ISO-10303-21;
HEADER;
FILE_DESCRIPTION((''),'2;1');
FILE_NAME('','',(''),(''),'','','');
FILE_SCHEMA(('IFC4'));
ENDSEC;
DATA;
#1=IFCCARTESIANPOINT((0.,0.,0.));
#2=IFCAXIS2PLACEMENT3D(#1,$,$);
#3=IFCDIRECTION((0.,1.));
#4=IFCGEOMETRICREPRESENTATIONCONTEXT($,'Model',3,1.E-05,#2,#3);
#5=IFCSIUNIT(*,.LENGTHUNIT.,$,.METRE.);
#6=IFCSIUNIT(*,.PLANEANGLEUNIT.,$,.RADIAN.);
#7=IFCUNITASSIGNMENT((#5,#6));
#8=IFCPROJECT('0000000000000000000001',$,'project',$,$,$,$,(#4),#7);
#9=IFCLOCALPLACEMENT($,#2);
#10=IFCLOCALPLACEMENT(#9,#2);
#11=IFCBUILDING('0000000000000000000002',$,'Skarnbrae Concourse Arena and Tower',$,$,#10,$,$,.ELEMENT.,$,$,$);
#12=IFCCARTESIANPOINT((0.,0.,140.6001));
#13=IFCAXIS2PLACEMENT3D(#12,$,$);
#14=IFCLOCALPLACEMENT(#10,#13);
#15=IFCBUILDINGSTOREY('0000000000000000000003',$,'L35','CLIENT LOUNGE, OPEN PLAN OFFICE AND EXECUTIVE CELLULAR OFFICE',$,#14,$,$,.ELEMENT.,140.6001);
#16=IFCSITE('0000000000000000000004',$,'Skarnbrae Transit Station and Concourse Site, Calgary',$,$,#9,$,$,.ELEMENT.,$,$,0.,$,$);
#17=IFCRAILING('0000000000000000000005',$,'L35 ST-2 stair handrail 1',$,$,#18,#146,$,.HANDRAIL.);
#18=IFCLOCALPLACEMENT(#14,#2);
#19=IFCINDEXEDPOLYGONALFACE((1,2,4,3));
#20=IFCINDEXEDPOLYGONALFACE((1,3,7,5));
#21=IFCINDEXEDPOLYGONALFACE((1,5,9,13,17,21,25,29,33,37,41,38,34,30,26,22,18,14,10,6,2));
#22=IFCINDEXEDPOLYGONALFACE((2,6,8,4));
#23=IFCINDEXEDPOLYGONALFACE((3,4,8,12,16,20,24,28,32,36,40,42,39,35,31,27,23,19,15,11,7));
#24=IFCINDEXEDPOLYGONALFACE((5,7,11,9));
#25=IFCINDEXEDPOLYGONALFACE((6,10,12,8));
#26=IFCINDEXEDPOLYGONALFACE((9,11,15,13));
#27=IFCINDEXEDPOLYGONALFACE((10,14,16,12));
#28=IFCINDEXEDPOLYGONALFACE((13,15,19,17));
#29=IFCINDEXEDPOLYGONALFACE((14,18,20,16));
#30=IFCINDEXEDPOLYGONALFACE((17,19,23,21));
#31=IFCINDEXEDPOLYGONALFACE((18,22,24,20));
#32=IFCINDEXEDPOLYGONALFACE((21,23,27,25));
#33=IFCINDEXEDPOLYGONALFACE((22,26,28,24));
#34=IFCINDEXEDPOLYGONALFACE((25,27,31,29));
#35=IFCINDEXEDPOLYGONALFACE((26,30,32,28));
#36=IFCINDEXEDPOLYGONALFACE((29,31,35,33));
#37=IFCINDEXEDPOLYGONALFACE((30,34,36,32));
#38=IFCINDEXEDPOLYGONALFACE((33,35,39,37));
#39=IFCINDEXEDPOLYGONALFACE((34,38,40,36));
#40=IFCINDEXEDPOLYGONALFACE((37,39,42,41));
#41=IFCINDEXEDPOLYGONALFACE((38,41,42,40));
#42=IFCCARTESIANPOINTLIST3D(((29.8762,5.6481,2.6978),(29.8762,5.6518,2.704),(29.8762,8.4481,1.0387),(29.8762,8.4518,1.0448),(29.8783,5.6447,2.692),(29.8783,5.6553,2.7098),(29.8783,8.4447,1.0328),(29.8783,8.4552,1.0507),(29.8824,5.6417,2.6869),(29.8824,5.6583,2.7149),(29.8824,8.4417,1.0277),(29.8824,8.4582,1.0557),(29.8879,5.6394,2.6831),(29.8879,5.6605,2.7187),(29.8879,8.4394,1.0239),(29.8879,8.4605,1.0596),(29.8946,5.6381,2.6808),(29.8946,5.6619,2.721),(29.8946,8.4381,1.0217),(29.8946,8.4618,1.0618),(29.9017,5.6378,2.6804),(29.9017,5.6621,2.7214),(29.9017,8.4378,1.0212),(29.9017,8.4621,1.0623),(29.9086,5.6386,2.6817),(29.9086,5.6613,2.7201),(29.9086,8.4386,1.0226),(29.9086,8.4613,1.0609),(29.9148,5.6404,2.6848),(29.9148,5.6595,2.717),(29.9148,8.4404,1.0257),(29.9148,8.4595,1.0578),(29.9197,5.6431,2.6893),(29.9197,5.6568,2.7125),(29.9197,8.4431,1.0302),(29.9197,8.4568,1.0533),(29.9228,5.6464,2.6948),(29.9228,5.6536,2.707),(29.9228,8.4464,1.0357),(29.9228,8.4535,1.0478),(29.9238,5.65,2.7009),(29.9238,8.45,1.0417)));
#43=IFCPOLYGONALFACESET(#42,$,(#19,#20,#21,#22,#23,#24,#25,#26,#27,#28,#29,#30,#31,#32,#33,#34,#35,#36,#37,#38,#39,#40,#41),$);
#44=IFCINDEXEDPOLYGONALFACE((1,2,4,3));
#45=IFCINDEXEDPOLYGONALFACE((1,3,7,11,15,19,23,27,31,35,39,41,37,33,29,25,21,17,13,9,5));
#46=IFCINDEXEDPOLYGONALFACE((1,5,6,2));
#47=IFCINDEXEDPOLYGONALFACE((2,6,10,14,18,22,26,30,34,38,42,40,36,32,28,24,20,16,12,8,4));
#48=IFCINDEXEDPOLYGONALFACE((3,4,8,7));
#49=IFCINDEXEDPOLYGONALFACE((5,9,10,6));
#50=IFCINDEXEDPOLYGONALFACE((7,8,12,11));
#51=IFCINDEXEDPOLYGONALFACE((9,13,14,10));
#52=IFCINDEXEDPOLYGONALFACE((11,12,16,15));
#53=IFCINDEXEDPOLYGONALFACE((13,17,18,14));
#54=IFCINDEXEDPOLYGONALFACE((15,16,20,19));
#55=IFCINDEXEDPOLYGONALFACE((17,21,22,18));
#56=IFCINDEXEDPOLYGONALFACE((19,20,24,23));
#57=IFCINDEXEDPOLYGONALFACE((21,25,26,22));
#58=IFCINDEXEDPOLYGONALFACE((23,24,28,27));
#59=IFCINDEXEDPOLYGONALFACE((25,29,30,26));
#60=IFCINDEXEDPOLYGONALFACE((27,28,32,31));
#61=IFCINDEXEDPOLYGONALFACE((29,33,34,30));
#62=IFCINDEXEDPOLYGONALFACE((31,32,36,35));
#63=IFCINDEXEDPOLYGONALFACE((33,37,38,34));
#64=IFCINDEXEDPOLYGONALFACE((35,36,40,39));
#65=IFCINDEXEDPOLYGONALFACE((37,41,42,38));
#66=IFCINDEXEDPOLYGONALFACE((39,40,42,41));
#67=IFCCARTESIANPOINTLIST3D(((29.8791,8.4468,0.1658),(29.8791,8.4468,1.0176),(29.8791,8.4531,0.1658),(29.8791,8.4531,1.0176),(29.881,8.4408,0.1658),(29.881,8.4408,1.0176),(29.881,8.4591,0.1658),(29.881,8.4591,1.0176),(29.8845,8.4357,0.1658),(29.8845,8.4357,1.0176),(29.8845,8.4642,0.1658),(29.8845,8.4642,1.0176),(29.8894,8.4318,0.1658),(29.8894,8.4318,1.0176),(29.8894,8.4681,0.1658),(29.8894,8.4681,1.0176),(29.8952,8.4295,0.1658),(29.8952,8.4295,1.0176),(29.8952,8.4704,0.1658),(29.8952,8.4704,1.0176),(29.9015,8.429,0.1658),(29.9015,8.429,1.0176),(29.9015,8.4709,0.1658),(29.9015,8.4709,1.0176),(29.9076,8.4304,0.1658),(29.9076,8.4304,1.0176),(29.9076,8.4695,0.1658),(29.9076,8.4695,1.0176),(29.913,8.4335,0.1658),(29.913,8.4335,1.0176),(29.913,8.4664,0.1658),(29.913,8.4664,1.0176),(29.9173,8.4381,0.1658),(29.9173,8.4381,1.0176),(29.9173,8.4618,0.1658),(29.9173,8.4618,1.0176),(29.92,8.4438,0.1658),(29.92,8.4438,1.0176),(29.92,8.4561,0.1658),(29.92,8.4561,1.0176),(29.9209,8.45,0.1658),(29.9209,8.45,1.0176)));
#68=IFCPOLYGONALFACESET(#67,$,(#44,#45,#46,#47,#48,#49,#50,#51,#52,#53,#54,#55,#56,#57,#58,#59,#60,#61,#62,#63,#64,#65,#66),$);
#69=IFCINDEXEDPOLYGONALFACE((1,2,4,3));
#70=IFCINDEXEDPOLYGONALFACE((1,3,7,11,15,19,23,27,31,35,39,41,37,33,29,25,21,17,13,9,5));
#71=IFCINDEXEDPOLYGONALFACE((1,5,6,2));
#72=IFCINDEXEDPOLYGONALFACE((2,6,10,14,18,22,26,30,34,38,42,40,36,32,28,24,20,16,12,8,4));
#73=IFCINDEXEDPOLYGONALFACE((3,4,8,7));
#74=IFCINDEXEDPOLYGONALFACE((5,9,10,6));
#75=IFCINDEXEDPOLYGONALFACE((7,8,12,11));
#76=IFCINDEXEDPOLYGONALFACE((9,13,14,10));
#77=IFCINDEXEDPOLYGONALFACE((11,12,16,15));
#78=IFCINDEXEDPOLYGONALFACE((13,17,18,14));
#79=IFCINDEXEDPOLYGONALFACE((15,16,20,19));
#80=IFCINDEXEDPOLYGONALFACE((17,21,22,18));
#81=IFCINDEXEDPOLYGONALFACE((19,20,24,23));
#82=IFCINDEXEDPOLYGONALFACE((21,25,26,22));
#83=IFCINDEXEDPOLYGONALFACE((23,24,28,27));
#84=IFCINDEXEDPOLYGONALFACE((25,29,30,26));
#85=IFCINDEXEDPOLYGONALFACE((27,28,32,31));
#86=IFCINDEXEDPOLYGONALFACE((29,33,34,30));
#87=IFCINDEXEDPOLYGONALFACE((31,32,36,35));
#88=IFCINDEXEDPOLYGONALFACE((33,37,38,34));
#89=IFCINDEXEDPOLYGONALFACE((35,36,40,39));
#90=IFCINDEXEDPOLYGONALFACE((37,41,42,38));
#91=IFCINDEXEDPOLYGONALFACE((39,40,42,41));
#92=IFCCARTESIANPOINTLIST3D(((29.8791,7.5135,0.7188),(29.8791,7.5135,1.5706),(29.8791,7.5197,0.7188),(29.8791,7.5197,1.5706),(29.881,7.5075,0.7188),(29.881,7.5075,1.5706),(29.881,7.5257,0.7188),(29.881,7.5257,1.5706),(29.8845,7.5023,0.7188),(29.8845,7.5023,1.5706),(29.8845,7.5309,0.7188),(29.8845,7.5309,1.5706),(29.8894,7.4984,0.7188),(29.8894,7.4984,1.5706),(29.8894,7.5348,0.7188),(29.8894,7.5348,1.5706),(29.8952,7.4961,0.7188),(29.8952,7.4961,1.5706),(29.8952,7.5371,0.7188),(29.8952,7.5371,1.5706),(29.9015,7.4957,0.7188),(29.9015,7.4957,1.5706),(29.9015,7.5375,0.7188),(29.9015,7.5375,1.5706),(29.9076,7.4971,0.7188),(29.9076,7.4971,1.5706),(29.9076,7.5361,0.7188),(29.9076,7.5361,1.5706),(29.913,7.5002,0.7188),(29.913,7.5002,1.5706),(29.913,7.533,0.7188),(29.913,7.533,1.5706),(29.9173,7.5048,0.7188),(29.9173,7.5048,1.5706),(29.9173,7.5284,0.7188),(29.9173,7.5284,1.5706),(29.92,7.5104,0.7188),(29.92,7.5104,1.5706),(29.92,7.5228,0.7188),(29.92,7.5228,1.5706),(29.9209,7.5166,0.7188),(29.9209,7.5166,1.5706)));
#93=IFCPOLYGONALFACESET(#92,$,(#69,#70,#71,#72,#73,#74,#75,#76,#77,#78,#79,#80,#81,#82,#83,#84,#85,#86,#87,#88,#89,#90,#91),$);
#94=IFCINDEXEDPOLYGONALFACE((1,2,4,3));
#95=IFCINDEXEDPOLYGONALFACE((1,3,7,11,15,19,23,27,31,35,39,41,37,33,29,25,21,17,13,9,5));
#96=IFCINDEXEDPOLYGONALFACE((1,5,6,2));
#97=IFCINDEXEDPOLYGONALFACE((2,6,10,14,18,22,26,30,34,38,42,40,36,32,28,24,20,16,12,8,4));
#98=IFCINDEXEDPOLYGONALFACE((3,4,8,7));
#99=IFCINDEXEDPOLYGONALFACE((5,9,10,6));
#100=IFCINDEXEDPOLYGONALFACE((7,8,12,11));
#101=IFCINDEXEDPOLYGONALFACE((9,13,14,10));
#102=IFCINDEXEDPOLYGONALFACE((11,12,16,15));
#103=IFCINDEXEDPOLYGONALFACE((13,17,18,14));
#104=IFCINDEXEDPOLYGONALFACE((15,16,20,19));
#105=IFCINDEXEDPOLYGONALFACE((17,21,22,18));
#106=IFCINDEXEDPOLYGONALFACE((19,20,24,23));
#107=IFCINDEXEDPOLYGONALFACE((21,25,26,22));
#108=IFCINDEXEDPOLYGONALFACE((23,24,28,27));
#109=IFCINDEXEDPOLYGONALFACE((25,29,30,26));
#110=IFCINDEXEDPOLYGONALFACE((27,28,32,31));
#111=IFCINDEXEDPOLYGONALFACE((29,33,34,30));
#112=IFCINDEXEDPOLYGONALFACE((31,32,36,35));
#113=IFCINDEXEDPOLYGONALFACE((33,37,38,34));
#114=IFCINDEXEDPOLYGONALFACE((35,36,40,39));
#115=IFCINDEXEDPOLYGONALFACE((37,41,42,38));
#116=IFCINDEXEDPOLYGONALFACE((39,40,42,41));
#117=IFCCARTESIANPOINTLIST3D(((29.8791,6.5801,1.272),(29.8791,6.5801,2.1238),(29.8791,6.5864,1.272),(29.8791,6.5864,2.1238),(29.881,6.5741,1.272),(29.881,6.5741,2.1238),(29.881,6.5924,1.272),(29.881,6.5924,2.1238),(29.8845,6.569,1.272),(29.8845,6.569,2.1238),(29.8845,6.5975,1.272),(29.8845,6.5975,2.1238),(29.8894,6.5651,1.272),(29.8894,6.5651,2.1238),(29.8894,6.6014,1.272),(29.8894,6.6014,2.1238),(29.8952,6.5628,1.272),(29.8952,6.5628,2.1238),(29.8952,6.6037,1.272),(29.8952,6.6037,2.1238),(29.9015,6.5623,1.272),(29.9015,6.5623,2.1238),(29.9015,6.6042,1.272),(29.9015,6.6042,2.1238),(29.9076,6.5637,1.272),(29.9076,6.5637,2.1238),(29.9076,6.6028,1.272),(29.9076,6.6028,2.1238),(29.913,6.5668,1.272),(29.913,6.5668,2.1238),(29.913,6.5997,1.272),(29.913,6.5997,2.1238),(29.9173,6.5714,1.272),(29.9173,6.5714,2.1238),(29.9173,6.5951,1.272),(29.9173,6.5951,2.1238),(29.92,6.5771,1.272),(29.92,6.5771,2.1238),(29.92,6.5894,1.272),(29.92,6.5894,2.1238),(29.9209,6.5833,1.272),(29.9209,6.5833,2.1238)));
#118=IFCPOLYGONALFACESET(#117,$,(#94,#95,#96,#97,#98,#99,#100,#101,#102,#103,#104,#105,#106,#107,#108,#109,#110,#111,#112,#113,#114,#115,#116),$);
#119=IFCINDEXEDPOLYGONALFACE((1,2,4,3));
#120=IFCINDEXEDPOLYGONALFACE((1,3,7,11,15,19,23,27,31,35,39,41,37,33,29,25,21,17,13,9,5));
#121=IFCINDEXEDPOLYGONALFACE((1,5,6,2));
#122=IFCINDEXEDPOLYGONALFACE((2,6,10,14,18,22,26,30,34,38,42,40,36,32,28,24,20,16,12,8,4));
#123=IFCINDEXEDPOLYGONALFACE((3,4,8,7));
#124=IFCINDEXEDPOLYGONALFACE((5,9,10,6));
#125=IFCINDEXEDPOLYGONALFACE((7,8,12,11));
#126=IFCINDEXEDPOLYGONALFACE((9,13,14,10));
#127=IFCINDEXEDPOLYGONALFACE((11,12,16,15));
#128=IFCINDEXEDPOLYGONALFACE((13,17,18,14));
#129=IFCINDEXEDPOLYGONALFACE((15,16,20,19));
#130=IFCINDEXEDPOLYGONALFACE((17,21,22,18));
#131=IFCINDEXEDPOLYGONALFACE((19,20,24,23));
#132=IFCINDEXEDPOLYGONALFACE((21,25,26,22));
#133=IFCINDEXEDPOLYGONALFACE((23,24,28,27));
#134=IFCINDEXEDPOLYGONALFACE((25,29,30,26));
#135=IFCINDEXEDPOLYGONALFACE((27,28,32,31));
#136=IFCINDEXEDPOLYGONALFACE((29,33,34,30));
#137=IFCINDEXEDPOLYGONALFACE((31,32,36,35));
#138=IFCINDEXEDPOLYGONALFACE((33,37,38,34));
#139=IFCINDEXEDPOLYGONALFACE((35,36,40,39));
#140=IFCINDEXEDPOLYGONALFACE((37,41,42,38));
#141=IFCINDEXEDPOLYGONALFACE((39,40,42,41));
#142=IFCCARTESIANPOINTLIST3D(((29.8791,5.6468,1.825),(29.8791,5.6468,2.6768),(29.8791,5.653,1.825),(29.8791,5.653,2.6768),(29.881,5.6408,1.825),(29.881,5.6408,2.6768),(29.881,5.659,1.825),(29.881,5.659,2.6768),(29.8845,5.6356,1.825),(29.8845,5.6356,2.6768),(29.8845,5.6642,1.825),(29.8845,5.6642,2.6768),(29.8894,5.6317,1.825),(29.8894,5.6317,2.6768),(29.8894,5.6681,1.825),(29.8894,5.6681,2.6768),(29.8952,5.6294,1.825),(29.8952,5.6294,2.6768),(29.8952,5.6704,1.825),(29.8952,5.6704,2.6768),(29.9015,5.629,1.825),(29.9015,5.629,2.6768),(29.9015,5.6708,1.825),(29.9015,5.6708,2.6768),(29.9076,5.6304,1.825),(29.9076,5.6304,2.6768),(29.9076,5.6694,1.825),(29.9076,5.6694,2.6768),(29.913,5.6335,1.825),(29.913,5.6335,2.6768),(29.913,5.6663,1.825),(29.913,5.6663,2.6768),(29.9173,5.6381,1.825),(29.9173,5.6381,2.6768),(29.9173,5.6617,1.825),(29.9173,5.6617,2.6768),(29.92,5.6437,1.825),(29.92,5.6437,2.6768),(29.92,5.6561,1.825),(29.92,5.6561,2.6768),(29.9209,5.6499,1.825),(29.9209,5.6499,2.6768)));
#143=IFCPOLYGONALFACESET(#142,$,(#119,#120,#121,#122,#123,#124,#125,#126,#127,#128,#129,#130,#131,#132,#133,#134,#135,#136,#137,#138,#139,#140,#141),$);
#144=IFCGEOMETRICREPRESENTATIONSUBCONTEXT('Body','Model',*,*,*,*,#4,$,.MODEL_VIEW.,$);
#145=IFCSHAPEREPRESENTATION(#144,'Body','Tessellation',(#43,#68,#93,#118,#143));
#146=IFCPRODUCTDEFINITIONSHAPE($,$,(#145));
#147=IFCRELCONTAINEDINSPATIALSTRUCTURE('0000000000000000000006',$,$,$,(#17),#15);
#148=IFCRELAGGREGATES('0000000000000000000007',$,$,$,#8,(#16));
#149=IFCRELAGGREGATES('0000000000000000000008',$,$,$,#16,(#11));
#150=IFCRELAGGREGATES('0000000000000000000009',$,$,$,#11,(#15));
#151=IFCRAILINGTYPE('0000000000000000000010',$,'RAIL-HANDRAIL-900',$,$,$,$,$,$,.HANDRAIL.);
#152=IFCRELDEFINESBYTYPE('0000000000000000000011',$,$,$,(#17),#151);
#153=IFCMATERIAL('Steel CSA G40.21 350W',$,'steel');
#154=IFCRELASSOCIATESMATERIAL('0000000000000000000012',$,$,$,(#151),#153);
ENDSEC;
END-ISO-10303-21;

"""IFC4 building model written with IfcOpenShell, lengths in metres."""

from ifc_helpers import new_model, si_unit, direction, frame, origin, origin_2d, place, context, subcontext, project, spatial, circle, extrude, material, type_object, element, save


model = new_model("IFC4")

# Units and contexts
model_context = context("Model", 3, precision=1e-05, world=origin(), true_north=direction((0.0, 1.0)))
body_context = subcontext(model_context, "Body", "Model", "MODEL_VIEW")
ifc_project = project(units=[si_unit("LENGTHUNIT", "METRE"), si_unit("PLANEANGLEUNIT", "RADIAN")], contexts=[model_context])

# Site, building, storey
site_placement = place(None, origin())
site = spatial("IfcSite", under=ifc_project, at=site_placement, Name="Skarnbrae Transit Station and Concourse Site, Calgary", CompositionType="ELEMENT", RefElevation=0.0)
building_placement = place(site_placement, origin())
building = spatial("IfcBuilding", under=site, at=building_placement, Name="Skarnbrae Concourse Arena and Tower", CompositionType="ELEMENT")
storey_placement = place(building_placement, frame((0.0, 0.0, 140.6001)))
storey = spatial("IfcBuildingStorey", under=building, at=storey_placement, Name="L35", Description="CLIENT LOUNGE, OPEN PLAN OFFICE AND EXECUTIVE CELLULAR OFFICE", CompositionType="ELEMENT", Elevation=140.6001)

# Shared definitions
ifc_material_1 = material(Name="Steel CSA G40.21 350W", Category="steel")

# Railing
railing_type_1 = type_object("IfcRailingType", Name="RAIL-HANDRAIL-900", PredefinedType="HANDRAIL", material=ifc_material_1)
railing_1_placement = place(storey_placement, frame((29.8999, 8.45, 0.1658)))
element("IfcRailing", 1, at=railing_1_placement, inside=storey, type_object=railing_type_1, Name="L35 ST-2 stair handrail 1", PredefinedType="HANDRAIL", context=body_context, shape_type="SweptSolid", body=[
    extrude(circle(Radius=0.0239, at=origin_2d()), frame((0.0, 0.0, 0.876), z_axis=(0.0, -0.860306, 0.509778), x_axis=(1.0, 0.0, 0.0)), (0.0, 0.0, 1.0), 3.2546),
    extrude(circle(Radius=0.021, at=origin_2d()), origin(), (0.0, 0.0, 1.0), 0.8518),
    extrude(circle(Radius=0.021, at=origin_2d()), frame((0.0, -0.9333, 0.553)), (0.0, 0.0, 1.0), 0.8518),
    extrude(circle(Radius=0.021, at=origin_2d()), frame((0.0, -1.8667, 1.1062)), (0.0, 0.0, 1.0), 0.8518),
    extrude(circle(Radius=0.021, at=origin_2d()), frame((0.0, -2.8, 1.6592)), (0.0, 0.0, 1.0), 0.8518),
])

save(model, "model.ifc")
